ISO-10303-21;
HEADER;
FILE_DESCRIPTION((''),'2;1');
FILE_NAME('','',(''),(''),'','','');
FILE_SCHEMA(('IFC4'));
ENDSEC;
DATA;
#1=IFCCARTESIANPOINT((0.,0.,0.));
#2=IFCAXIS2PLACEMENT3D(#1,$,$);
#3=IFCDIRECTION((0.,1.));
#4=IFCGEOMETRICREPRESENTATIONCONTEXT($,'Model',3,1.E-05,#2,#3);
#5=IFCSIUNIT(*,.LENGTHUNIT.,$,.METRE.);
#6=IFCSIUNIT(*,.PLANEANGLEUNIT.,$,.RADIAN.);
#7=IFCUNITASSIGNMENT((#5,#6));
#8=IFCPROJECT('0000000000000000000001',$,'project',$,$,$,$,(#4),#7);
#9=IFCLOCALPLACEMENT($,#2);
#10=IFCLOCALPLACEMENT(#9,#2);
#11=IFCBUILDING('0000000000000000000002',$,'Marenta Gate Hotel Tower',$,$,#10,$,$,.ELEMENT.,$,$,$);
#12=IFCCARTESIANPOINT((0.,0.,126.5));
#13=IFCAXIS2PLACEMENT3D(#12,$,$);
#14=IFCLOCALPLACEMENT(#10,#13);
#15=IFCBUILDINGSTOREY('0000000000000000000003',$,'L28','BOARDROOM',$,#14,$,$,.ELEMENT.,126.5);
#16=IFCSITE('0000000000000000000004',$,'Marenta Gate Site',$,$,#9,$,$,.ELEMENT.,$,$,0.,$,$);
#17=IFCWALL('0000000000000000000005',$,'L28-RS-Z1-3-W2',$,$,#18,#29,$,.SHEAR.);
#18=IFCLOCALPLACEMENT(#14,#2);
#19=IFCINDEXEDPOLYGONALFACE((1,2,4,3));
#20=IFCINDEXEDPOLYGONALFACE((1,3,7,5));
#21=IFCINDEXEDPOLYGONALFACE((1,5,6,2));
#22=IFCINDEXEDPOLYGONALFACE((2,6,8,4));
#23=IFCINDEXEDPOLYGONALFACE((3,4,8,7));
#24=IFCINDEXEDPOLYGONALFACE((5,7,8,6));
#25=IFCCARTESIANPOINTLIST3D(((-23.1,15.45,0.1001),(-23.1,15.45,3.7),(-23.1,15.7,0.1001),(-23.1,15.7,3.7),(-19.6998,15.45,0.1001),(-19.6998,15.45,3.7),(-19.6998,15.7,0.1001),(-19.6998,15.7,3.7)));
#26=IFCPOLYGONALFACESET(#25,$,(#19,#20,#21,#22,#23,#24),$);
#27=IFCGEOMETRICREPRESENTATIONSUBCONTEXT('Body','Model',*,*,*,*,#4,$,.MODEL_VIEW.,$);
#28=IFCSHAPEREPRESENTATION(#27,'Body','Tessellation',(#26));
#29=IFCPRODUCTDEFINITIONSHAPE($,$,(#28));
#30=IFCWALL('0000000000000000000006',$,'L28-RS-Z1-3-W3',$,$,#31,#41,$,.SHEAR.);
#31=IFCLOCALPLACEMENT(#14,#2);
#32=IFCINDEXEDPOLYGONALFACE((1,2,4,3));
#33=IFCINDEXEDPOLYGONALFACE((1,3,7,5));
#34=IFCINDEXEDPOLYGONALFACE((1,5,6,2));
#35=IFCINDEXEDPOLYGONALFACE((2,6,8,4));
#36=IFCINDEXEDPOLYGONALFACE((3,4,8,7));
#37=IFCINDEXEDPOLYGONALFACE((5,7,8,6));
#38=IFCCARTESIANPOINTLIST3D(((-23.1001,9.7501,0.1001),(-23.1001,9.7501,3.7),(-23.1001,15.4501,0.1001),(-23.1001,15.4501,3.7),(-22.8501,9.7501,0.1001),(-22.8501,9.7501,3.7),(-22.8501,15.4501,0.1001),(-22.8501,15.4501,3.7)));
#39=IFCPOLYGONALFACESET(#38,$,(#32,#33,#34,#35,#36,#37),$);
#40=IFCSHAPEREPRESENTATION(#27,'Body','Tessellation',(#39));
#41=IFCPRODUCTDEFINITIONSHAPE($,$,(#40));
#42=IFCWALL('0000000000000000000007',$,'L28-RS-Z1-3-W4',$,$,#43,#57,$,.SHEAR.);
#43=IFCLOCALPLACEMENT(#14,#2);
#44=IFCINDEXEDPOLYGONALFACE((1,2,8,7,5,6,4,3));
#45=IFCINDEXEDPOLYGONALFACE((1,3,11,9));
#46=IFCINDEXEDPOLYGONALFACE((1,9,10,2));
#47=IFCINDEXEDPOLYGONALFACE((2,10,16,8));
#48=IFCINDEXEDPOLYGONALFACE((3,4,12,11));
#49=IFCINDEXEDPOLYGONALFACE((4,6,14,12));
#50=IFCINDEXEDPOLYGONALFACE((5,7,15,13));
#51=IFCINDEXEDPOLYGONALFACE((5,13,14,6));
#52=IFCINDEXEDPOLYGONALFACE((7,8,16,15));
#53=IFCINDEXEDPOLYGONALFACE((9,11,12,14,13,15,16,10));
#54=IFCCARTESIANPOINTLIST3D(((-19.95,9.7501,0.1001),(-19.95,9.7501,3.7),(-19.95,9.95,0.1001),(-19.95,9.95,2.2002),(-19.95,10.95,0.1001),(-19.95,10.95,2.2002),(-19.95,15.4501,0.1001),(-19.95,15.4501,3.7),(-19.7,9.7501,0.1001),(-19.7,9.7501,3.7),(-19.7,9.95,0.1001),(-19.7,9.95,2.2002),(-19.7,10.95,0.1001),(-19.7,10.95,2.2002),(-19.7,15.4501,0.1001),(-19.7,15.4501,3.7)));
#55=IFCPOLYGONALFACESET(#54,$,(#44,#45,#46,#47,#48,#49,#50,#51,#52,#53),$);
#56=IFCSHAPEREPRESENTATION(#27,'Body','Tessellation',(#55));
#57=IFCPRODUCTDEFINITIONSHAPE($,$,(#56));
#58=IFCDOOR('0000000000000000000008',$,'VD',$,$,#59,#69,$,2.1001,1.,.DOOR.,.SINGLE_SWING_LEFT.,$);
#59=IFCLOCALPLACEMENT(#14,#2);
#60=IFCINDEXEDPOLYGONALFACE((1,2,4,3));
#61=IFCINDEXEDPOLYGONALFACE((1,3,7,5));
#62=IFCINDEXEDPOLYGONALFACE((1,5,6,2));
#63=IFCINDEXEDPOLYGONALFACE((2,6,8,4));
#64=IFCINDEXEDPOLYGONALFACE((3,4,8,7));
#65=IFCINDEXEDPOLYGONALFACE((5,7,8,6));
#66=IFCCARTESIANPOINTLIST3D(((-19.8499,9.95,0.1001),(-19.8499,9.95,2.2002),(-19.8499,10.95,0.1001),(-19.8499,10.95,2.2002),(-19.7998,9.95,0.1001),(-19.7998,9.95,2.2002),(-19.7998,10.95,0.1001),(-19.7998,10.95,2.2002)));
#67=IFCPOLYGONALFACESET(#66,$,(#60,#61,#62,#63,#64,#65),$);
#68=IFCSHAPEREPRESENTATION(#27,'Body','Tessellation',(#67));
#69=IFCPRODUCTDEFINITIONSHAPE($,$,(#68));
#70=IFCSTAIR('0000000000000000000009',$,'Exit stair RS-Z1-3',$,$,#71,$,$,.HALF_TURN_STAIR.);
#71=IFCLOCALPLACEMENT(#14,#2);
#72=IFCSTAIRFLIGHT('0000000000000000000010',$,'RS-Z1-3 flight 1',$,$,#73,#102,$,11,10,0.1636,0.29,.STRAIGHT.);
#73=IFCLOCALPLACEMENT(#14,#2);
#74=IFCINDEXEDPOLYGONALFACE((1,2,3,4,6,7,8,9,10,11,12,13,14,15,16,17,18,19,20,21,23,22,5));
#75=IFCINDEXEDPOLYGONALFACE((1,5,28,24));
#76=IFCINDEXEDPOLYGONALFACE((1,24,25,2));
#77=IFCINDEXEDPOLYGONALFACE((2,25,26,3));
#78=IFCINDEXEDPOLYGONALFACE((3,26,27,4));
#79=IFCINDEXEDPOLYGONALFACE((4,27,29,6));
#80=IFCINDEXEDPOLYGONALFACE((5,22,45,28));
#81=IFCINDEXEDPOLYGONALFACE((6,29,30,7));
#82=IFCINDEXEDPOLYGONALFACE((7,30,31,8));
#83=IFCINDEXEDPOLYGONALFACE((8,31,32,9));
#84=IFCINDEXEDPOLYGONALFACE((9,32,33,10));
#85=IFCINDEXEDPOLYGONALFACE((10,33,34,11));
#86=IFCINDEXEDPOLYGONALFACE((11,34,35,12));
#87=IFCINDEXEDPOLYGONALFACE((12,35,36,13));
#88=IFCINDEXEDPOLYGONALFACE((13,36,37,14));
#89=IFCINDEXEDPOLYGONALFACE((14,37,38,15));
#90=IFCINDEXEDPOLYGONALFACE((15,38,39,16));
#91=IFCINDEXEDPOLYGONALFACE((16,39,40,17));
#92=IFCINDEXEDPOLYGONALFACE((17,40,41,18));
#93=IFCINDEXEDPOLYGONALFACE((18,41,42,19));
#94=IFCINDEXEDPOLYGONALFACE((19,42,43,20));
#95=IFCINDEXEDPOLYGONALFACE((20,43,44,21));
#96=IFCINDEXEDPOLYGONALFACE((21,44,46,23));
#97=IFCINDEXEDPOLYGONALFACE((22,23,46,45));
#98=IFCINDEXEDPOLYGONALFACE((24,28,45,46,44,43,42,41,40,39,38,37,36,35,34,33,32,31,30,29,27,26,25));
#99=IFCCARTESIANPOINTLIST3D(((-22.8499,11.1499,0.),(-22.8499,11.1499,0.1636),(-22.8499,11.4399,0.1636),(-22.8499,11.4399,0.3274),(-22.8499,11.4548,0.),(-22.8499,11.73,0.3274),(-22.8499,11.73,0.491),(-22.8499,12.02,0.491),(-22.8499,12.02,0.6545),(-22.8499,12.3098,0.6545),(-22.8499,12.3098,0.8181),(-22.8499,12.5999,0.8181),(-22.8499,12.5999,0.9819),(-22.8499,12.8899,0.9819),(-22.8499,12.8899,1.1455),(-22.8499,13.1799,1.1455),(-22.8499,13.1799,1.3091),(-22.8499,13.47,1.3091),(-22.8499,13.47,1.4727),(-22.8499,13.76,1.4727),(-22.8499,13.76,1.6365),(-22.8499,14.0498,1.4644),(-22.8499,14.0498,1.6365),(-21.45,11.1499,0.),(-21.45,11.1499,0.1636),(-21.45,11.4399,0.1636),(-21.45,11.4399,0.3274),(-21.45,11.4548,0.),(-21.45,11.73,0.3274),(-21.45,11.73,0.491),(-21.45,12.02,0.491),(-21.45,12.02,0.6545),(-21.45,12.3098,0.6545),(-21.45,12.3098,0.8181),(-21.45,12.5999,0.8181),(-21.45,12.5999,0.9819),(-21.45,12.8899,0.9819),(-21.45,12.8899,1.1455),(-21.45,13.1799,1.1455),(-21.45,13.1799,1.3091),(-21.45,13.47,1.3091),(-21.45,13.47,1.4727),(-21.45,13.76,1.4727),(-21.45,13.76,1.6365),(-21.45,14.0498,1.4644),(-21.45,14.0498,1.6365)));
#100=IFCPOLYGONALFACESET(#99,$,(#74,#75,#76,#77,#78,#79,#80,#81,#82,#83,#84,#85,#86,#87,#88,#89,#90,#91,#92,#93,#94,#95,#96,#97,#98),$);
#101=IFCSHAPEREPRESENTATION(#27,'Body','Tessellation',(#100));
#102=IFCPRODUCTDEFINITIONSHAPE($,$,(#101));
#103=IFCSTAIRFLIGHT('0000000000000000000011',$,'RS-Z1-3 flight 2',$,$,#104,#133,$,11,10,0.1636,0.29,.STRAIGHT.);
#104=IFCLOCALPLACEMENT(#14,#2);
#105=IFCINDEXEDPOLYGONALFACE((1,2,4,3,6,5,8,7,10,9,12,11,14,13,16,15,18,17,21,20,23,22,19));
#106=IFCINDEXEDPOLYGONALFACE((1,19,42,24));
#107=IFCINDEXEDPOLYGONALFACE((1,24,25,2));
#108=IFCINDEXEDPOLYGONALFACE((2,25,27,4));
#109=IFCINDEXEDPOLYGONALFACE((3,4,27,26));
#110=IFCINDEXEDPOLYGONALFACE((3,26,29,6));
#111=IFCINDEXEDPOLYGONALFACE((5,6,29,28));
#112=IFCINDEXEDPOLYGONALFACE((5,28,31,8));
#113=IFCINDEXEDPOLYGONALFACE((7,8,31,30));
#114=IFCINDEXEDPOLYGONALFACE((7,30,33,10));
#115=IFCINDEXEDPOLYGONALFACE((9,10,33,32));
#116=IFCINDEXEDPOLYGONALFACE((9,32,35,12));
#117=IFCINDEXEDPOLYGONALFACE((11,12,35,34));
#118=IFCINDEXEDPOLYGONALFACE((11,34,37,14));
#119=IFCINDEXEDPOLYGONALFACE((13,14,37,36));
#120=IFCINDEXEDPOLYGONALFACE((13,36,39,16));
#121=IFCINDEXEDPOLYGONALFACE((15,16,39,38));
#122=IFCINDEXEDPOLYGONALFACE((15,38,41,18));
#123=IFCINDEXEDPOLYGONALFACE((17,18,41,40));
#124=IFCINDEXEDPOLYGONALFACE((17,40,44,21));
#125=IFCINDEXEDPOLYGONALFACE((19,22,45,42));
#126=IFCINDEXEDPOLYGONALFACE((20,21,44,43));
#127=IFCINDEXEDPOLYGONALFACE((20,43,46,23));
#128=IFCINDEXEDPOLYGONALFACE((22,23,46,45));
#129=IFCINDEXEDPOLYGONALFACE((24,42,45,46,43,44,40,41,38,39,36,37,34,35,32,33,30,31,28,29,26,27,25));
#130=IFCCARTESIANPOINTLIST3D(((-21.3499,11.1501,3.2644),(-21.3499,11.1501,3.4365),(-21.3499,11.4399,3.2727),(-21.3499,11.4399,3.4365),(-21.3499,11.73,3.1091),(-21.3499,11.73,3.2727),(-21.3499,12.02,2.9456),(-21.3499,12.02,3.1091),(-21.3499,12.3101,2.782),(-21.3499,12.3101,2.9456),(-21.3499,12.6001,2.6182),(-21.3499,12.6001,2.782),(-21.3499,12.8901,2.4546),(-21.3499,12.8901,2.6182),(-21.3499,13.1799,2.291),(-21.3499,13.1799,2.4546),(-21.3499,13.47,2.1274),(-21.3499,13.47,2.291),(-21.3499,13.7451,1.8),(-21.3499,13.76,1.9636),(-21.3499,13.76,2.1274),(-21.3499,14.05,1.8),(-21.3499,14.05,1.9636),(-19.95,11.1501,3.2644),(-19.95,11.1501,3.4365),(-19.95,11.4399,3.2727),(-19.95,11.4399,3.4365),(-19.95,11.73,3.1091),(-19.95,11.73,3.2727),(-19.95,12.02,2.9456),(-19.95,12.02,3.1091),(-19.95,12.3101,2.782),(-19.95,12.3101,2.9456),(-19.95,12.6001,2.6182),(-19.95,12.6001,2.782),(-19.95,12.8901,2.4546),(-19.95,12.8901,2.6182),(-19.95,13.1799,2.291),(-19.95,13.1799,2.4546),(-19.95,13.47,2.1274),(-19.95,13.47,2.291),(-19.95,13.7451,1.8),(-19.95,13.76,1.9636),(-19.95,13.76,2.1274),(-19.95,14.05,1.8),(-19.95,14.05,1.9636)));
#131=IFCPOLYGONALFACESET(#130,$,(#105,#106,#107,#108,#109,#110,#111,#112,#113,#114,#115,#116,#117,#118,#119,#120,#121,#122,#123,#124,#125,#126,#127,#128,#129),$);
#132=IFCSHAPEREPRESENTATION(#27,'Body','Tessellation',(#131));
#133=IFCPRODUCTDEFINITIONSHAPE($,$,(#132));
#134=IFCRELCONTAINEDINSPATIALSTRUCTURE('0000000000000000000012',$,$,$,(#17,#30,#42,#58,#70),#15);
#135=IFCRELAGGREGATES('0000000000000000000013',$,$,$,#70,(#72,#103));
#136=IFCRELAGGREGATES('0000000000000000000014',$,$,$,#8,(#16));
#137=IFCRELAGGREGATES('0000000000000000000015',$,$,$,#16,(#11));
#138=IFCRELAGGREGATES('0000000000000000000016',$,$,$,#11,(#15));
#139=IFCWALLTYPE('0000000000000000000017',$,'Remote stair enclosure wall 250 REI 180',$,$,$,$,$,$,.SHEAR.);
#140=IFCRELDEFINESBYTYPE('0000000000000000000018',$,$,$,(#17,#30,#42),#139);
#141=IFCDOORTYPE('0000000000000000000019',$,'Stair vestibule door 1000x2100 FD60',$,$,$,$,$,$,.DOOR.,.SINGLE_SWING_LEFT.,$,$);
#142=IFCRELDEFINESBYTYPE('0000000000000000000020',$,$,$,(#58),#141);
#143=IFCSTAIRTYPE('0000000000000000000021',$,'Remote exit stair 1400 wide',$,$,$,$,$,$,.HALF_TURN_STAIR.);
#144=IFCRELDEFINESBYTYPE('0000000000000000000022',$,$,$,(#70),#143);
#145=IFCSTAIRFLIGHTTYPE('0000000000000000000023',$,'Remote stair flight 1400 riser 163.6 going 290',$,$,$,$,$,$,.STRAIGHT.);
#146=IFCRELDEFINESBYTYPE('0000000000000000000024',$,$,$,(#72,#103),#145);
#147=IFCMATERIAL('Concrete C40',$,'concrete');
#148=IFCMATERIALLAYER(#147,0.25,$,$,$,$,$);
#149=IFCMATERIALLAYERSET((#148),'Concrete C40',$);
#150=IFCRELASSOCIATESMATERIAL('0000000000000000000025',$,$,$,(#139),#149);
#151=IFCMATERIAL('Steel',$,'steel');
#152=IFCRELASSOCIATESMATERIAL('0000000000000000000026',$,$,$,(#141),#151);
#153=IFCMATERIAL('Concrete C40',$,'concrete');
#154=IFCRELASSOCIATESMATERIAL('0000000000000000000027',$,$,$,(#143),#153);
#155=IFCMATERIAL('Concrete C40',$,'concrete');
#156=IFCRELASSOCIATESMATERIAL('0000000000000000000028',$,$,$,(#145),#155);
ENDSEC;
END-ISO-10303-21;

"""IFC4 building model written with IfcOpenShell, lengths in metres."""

from ifc_helpers import new_model, si_unit, direction, frame, frame_2d, origin, place, context, subcontext, project, spatial, polyline, rectangle, outline, extrude, material, layer, layer_set, type_object, element, fill, aggregate, save


model = new_model("IFC4")

# Units and contexts
model_context = context("Model", 3, precision=1e-05, world=origin(), true_north=direction((0.0, 1.0)))
body_context = subcontext(model_context, "Body", "Model", "MODEL_VIEW")
ifc_project = project(units=[si_unit("LENGTHUNIT", "METRE"), si_unit("PLANEANGLEUNIT", "RADIAN")], contexts=[model_context])

# Site, building, storey
site_placement = place(None, origin())
site = spatial("IfcSite", under=ifc_project, at=site_placement, Name="Marenta Gate Site", CompositionType="ELEMENT", RefElevation=0.0)
building_placement = place(site_placement, origin())
building = spatial("IfcBuilding", under=site, at=building_placement, Name="Marenta Gate Hotel Tower", CompositionType="ELEMENT")
storey_placement = place(building_placement, frame((0.0, 0.0, 126.5)))
storey = spatial("IfcBuildingStorey", under=building, at=storey_placement, Name="L28", Description="BOARDROOM", CompositionType="ELEMENT", Elevation=126.5)

# Walls
ifc_material_1 = material(Name="Concrete C40", Category="concrete")
ifc_layer_1 = layer(ifc_material_1, 0.25)
ifc_layer_set_1 = layer_set([ifc_layer_1], Name="Concrete C40")
wall_type_1 = type_object("IfcWallType", Name="Remote stair enclosure wall 250 REI 180", PredefinedType="SHEAR", material=ifc_layer_set_1)
for number, where, z_axis, x_axis, name in (
    (1, (-23.1001, 15.575, 0.1001), (0.0, 0.0, 1.0), (1.0, 0.0, 0.0), "L28-RS-Z1-3-W2"),
):
    element("IfcWall", number, at=place(storey_placement, frame(where, z_axis=z_axis, x_axis=x_axis)), inside=storey, type_object=wall_type_1, Name=name, PredefinedType="SHEAR", context=body_context, shape_type="SweptSolid", body=[
        extrude(rectangle(XDim=3.4001, YDim=0.25, at=frame_2d((1.7002, 0.0))), origin(), (0.0, 0.0, 1.0), 3.5999),
    ])
wall_1_placement = place(storey_placement, frame((-22.9751, 9.75, 0.1001), z_axis=(0.0, 0.0, 1.0), x_axis=(0.0, 1.0, 0.0)))
element("IfcWall", 2, at=wall_1_placement, inside=storey, type_object=wall_type_1, Name="L28-RS-Z1-3-W3", PredefinedType="SHEAR", context=body_context, shape_type="SweptSolid", body=[
    extrude(rectangle(XDim=5.7, YDim=0.25, at=frame_2d((2.8501, 0.0))), origin(), (0.0, 0.0, 1.0), 3.5999),
])

# Wall, opening, door
wall_2_placement = place(storey_placement, frame((-19.825, 9.75, 0.1001), z_axis=(0.0, 0.0, 1.0), x_axis=(0.0, 1.0, 0.0)))
wall_2 = element("IfcWall", 3, at=wall_2_placement, inside=storey, type_object=wall_type_1, Name="L28-RS-Z1-3-W4", PredefinedType="SHEAR", context=body_context, shape_type="SweptSolid", body=[
    extrude(rectangle(XDim=5.7, YDim=0.25, at=frame_2d((2.8501, 0.0))), origin(), (0.0, 0.0, 1.0), 3.5999),
])
opening_1_placement = place(wall_2_placement, frame((0.2, 0.0, 0.0)))
opening_1 = element("IfcOpeningElement", 4, at=opening_1_placement, cuts=wall_2, PredefinedType="OPENING", context=body_context, shape_type="SweptSolid", body=[
    extrude(rectangle(XDim=1.0, YDim=2.1001, at=frame_2d((0.5, 1.05))), frame((0.0, 0.125, 0.0), z_axis=(0.0, -1.0, 0.0), x_axis=(1.0, 0.0, 0.0)), (0.0, 0.0, 1.0), 0.25),
])
ifc_material_2 = material(Name="Steel", Category="steel")
door_type_1 = type_object("IfcDoorType", Name="Stair vestibule door 1000x2100 FD60", OperationType="SINGLE_SWING_LEFT", PredefinedType="DOOR", material=ifc_material_2)
door_1_placement = place(opening_1_placement, origin())
door_1 = element("IfcDoor", 5, at=door_1_placement, inside=storey, type_object=door_type_1, Name="VD", OperationType="SINGLE_SWING_LEFT", OverallHeight=2.1001, OverallWidth=1.0, PredefinedType="DOOR", context=body_context, shape_type="SweptSolid", body=[
    extrude(rectangle(XDim=1.0, YDim=2.1001, at=frame_2d((0.5, 1.05))), frame((0.0, 0.0249, 0.0), z_axis=(0.0, -1.0, 0.0), x_axis=(1.0, 0.0, 0.0)), (0.0, 0.0, 1.0), 0.05),
])
fill(opening_1, door_1)

# Stair, stair flights
ifc_material_3 = material(Name="Concrete C40", Category="concrete")
stair_type = type_object("IfcStairType", Name="Remote exit stair 1400 wide", PredefinedType="HALF_TURN_STAIR", material=ifc_material_3)
stair_placement = place(storey_placement, origin())
stair = element("IfcStair", 6, at=stair_placement, inside=storey, type_object=stair_type, Name="Exit stair RS-Z1-3", PredefinedType="HALF_TURN_STAIR")
ifc_material_4 = material(Name="Concrete C40", Category="concrete")
stair_flight_type = type_object("IfcStairFlightType", Name="Remote stair flight 1400 riser 163.6 going 290", PredefinedType="STRAIGHT", material=ifc_material_4)
stair_flight_1_placement = place(storey_placement, frame((-22.1499, 11.1499, 0.0), z_axis=(0.0, 0.0, 1.0), x_axis=(0.0, 1.0, 0.0)))
stair_flight_1 = element("IfcStairFlight", 7, at=stair_flight_1_placement, type_object=stair_flight_type, Name="RS-Z1-3 flight 1", NumberOfRisers=11, NumberOfTreads=10, PredefinedType="STRAIGHT", RiserHeight=0.1636, TreadLength=0.29, context=body_context, shape_type="SweptSolid", body=[
    extrude(outline(polyline([(0.0, 0.0), (0.0, 0.1636), (0.29, 0.1636), (0.29, 0.3274), (0.5801, 0.3274), (0.5801, 0.491), (0.8701, 0.491), (0.8701, 0.6545), (1.1599, 0.6545), (1.1599, 0.8181), (1.45, 0.8181), (1.45, 0.9819), (1.74, 0.9819), (1.74, 1.1455), (2.03, 1.1455), (2.03, 1.3091), (2.3201, 1.3091), (2.3201, 1.4727), (2.6101, 1.4727), (2.6101, 1.6365), (2.8999, 1.6365), (2.8999, 1.8), (2.8999, 1.4644), (0.3049, 0.0), (0.0, 0.0)])), frame((0.0, 0.7, 0.0), z_axis=(0.0, -1.0, 0.0), x_axis=(1.0, 0.0, 0.0)), (0.0, 0.0, 1.0), 1.3999),
])
stair_flight_2_placement = place(storey_placement, frame((-20.6499, 14.05, 1.8), z_axis=(0.0, 0.0, 1.0), x_axis=(0.0, -1.0, 0.0)))
stair_flight_2 = element("IfcStairFlight", 8, at=stair_flight_2_placement, type_object=stair_flight_type, Name="RS-Z1-3 flight 2", NumberOfRisers=11, NumberOfTreads=10, PredefinedType="STRAIGHT", RiserHeight=0.1636, TreadLength=0.29, context=body_context, shape_type="SweptSolid", body=[
    extrude(outline(polyline([(0.0, 0.0), (0.0, 0.1636), (0.29, 0.1636), (0.29, 0.3274), (0.5801, 0.3274), (0.5801, 0.491), (0.8701, 0.491), (0.8701, 0.6545), (1.1599, 0.6545), (1.1599, 0.8181), (1.45, 0.8181), (1.45, 0.9819), (1.74, 0.9819), (1.74, 1.1455), (2.03, 1.1455), (2.03, 1.3091), (2.3201, 1.3091), (2.3201, 1.4727), (2.6101, 1.4727), (2.6101, 1.6365), (2.8999, 1.6365), (2.8999, 1.8), (2.8999, 1.4644), (0.3049, 0.0), (0.0, 0.0)])), frame((0.0, 0.7, 0.0), z_axis=(0.0, -1.0, 0.0), x_axis=(1.0, 0.0, 0.0)), (0.0, 0.0, 1.0), 1.3999),
])
aggregate(stair, [stair_flight_1, stair_flight_2])

save(model, "model.ifc")
